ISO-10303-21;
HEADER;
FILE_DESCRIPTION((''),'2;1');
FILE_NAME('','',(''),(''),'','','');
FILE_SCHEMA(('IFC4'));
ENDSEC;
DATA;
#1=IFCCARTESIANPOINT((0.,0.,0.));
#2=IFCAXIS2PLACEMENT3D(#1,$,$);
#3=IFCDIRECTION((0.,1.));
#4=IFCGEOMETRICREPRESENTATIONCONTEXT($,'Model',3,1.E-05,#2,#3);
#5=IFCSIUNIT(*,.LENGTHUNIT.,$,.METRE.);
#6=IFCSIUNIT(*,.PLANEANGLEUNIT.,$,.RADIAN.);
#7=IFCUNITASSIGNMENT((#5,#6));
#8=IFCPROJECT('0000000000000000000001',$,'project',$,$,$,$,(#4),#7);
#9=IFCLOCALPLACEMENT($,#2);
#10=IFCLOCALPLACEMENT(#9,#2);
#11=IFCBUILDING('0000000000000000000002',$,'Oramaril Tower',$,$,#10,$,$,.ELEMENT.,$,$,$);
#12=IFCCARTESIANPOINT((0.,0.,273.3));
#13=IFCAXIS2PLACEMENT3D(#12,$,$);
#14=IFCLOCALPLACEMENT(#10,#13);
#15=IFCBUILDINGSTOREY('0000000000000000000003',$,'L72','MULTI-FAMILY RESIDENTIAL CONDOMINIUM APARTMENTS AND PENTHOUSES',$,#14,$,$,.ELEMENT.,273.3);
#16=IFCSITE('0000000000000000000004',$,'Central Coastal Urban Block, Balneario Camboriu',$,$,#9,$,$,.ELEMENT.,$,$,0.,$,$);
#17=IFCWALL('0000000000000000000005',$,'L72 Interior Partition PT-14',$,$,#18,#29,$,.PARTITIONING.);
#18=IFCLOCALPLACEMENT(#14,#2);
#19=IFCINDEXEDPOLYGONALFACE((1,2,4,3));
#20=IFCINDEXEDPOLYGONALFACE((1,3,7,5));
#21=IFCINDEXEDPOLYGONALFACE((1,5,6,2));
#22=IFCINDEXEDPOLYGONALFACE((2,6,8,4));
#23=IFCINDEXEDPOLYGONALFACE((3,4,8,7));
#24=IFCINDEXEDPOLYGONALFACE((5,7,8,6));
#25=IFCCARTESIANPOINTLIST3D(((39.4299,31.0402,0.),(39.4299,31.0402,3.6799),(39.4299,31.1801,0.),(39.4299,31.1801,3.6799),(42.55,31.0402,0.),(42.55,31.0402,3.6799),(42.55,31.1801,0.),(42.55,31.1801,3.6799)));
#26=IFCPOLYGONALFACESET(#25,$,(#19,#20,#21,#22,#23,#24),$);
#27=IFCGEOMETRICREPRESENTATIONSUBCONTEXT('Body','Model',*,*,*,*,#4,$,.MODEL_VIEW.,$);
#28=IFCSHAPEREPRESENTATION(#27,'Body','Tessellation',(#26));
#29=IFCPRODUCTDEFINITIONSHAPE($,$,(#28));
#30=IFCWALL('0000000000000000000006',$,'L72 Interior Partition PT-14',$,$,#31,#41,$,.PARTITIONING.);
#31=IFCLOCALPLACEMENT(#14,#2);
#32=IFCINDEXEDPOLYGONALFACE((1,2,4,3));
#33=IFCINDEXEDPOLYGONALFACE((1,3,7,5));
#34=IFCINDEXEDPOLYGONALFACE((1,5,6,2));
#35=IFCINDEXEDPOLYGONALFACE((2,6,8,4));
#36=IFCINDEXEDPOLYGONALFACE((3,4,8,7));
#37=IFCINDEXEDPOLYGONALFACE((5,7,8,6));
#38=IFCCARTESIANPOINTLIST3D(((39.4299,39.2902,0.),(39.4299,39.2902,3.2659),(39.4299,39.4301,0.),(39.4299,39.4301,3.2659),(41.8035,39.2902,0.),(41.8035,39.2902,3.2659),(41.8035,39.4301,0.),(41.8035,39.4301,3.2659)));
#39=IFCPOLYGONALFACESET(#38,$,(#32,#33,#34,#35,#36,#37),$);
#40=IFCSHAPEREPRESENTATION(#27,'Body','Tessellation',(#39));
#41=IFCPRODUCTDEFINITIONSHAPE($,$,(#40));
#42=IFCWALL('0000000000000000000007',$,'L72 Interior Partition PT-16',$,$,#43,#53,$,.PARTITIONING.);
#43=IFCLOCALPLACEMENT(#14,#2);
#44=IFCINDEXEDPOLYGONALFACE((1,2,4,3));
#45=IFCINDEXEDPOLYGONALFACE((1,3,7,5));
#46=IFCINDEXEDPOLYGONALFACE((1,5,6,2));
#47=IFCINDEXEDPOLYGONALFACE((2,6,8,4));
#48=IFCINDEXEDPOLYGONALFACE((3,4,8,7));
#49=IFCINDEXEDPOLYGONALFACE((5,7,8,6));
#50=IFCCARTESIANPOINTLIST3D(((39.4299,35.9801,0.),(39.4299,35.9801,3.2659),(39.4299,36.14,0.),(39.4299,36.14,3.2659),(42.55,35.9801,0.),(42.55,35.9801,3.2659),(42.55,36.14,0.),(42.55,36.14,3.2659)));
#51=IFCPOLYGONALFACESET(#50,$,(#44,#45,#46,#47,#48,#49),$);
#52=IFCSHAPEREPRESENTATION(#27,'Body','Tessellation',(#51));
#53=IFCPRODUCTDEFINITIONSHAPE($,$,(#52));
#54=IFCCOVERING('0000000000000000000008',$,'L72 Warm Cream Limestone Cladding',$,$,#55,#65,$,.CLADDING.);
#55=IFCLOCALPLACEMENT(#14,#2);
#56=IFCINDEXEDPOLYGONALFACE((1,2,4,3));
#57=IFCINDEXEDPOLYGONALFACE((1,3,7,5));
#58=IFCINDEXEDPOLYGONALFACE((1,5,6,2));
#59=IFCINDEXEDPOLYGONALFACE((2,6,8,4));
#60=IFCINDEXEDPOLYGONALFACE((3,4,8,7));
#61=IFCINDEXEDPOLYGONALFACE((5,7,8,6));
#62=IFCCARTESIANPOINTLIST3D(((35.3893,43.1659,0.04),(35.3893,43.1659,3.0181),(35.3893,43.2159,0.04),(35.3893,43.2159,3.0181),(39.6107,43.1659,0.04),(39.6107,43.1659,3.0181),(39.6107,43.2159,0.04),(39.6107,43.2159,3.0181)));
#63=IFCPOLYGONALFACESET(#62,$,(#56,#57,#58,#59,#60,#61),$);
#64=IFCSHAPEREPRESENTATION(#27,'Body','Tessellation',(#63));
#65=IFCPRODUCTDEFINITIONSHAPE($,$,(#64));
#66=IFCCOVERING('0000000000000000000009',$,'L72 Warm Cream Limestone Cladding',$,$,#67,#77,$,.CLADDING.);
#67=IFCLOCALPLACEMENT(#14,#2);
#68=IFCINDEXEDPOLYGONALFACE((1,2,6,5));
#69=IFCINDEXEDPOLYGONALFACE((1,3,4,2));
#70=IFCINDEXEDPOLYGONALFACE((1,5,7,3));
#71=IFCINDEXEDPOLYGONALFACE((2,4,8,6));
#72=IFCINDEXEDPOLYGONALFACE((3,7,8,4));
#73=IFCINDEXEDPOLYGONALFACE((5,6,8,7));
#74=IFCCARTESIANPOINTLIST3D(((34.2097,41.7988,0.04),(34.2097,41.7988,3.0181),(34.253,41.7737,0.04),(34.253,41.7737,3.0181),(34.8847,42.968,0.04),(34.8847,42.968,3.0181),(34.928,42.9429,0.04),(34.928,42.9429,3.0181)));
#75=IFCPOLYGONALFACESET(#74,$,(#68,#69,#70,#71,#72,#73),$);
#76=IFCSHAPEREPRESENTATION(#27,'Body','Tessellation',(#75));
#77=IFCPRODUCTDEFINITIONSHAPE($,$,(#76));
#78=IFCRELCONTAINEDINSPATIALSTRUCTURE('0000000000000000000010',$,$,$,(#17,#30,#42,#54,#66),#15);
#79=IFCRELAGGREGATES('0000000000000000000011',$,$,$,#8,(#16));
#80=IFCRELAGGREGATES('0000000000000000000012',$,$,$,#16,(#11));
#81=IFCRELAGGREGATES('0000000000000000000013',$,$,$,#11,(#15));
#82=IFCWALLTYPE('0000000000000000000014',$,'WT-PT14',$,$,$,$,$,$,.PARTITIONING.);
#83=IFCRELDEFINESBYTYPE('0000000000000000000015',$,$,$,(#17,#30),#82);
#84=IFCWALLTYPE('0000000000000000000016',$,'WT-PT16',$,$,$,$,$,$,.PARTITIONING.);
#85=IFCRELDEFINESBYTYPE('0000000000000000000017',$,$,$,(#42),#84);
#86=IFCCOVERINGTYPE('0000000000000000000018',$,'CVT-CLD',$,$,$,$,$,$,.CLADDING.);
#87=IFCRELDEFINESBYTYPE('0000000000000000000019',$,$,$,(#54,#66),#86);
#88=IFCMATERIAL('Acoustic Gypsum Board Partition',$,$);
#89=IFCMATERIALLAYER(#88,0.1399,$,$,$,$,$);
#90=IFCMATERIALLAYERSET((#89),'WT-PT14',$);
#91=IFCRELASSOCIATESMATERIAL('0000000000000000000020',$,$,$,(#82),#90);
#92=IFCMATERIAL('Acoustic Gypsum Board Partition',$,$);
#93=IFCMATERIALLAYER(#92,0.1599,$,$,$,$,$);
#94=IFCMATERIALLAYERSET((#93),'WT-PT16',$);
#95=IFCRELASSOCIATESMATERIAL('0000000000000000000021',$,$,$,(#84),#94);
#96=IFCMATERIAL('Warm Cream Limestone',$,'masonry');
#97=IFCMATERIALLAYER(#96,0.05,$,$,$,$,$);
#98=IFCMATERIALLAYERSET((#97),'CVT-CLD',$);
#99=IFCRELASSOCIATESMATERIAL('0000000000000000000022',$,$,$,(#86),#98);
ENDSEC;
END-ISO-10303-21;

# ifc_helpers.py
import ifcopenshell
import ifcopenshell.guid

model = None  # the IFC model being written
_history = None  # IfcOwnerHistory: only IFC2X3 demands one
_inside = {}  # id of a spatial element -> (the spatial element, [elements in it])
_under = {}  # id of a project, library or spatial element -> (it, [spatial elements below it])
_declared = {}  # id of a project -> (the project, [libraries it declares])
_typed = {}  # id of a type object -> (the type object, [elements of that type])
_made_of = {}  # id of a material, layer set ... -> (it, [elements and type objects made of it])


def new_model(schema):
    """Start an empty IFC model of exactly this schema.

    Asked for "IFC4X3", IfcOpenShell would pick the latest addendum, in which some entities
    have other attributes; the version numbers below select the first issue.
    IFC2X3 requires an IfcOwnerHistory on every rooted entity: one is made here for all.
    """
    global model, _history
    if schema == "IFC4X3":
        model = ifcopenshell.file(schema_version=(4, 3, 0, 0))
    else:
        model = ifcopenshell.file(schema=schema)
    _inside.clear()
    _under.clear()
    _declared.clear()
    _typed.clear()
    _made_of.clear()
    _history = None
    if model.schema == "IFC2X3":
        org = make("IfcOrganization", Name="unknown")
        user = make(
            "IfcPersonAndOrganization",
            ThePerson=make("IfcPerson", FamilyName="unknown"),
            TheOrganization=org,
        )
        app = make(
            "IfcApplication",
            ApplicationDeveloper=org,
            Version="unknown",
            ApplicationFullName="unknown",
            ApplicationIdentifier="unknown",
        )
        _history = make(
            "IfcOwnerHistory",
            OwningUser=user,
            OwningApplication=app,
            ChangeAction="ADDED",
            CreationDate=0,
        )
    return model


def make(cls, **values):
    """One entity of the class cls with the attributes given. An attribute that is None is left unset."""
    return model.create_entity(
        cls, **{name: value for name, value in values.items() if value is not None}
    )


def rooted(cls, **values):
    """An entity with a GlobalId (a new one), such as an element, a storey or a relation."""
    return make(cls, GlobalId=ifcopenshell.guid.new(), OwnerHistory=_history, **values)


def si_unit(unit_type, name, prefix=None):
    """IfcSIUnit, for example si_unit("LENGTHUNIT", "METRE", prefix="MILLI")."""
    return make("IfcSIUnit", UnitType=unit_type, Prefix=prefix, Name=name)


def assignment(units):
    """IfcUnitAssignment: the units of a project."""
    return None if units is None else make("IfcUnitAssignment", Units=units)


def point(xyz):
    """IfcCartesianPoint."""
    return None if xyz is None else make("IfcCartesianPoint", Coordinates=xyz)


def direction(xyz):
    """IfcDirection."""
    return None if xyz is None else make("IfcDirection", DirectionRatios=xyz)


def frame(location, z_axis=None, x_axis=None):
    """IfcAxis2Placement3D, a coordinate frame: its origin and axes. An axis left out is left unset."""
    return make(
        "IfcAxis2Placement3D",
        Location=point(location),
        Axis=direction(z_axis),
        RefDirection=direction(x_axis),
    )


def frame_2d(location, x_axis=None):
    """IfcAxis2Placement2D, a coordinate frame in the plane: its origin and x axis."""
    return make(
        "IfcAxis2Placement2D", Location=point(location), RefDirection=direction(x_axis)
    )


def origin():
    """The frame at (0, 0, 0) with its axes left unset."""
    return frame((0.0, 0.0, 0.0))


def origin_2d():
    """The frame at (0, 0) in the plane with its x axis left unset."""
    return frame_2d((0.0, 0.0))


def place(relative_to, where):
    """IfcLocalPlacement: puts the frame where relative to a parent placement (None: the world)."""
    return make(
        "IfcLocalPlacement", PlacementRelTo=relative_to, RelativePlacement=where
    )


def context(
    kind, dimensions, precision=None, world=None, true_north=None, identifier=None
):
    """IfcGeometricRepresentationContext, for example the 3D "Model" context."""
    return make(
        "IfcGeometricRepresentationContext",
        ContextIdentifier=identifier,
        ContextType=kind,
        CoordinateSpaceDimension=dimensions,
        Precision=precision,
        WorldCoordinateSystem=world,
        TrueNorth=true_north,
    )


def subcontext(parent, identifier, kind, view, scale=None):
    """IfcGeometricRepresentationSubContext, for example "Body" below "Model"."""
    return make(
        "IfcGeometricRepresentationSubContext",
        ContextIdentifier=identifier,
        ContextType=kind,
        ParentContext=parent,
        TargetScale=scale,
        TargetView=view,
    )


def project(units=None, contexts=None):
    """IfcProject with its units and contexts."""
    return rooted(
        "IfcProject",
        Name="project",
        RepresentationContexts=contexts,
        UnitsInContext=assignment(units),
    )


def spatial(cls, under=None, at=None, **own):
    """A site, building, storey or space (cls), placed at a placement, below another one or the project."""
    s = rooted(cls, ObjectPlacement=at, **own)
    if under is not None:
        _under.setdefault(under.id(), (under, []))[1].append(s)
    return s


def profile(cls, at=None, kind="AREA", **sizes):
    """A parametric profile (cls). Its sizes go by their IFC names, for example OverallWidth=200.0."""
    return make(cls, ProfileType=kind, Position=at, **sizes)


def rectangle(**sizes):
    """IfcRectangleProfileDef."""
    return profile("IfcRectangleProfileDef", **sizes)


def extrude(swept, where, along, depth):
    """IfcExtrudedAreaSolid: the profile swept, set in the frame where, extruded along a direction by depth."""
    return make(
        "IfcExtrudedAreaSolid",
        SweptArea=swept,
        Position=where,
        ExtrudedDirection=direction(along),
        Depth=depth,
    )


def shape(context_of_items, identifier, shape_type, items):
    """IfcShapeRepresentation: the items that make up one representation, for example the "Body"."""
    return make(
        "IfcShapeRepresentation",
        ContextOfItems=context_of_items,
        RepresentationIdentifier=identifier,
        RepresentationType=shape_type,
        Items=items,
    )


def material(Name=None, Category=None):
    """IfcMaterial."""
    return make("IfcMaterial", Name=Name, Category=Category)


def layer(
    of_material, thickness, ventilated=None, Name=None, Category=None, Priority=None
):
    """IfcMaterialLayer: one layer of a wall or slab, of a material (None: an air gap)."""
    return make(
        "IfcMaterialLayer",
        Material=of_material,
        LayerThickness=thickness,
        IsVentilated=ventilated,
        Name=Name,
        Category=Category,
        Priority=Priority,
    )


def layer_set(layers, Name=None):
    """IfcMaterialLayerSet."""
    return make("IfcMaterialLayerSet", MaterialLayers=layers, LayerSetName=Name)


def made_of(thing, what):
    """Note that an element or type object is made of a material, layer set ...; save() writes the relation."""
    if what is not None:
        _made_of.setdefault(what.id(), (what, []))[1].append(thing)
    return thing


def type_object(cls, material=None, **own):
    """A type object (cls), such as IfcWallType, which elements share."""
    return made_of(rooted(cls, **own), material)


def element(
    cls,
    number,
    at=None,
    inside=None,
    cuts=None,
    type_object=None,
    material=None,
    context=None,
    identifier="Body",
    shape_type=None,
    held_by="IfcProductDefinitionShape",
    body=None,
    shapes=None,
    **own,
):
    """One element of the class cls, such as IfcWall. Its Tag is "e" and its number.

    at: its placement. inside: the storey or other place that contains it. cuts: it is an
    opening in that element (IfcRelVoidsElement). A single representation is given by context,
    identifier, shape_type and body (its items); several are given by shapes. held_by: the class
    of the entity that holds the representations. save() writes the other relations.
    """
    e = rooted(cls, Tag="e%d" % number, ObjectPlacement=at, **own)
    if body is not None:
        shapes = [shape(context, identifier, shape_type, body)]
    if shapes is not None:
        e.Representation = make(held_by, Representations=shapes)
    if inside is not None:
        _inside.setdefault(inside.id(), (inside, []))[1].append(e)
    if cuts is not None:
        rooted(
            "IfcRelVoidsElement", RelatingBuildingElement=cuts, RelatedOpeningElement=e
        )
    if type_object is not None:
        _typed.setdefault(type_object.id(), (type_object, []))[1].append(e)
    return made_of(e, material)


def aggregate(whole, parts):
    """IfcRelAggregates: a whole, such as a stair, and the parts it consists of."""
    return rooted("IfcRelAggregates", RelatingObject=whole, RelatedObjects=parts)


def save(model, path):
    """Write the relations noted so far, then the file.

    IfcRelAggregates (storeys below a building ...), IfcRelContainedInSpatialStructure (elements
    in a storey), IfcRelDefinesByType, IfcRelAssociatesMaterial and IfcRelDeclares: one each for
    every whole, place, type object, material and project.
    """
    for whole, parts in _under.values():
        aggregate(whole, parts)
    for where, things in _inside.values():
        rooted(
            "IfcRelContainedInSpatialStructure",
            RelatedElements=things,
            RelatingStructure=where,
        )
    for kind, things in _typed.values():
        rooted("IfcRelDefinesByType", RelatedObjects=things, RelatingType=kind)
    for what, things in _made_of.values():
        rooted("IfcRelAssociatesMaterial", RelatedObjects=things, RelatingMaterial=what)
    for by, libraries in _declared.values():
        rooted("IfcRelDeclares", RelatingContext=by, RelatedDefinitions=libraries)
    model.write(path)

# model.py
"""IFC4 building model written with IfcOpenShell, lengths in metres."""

from ifc_helpers import new_model, si_unit, direction, frame, frame_2d, origin, origin_2d, place, context, subcontext, project, spatial, rectangle, extrude, material, layer, layer_set, type_object, element, save


model = new_model("IFC4")

# Units and contexts
model_context = context("Model", 3, precision=1e-05, world=origin(), true_north=direction((0.0, 1.0)))
body_context = subcontext(model_context, "Body", "Model", "MODEL_VIEW")
ifc_project = project(units=[si_unit("LENGTHUNIT", "METRE"), si_unit("PLANEANGLEUNIT", "RADIAN")], contexts=[model_context])

# Site, building, storey
site_placement = place(None, origin())
site = spatial("IfcSite", under=ifc_project, at=site_placement, Name="Central Coastal Urban Block, Balneario Camboriu", CompositionType="ELEMENT", RefElevation=0.0)
building_placement = place(site_placement, origin())
building = spatial("IfcBuilding", under=site, at=building_placement, Name="Oramaril Tower", CompositionType="ELEMENT")
storey_placement = place(building_placement, frame((0.0, 0.0, 273.3)))
storey = spatial("IfcBuildingStorey", under=building, at=storey_placement, Name="L72", Description="MULTI-FAMILY RESIDENTIAL CONDOMINIUM APARTMENTS AND PENTHOUSES", CompositionType="ELEMENT", Elevation=273.3)

# Walls
ifc_material_1 = material(Name="Acoustic Gypsum Board Partition")
ifc_layer_1 = layer(ifc_material_1, 0.1399)
ifc_layer_set_1 = layer_set([ifc_layer_1], Name="WT-PT14")
wall_type_1 = type_object("IfcWallType", Name="WT-PT14", PredefinedType="PARTITIONING", material=ifc_layer_set_1)
wall_1_placement = place(storey_placement, frame((39.4299, 31.1101, 0.0), z_axis=(0.0, 0.0, 1.0), x_axis=(1.0, 0.0, 0.0)))
element("IfcWall", 1, at=wall_1_placement, inside=storey, type_object=wall_type_1, Name="L72 Interior Partition PT-14", PredefinedType="PARTITIONING", context=body_context, shape_type="SweptSolid", body=[
    extrude(rectangle(XDim=3.1201, YDim=0.1399, at=frame_2d((1.5601, 0.0))), origin(), (0.0, 0.0, 1.0), 3.6799),
])
wall_2_placement = place(storey_placement, frame((39.4299, 39.3601, 0.0), z_axis=(0.0, 0.0, 1.0), x_axis=(1.0, 0.0, 0.0)))
element("IfcWall", 2, at=wall_2_placement, inside=storey, type_object=wall_type_1, Name="L72 Interior Partition PT-14", PredefinedType="PARTITIONING", context=body_context, shape_type="SweptSolid", body=[
    extrude(rectangle(XDim=2.3735, YDim=0.1399, at=frame_2d((1.1868, 0.0))), origin(), (0.0, 0.0, 1.0), 3.2659),
])
ifc_material_2 = material(Name="Acoustic Gypsum Board Partition")
ifc_layer_2 = layer(ifc_material_2, 0.1599)
ifc_layer_set_2 = layer_set([ifc_layer_2], Name="WT-PT16")
wall_type_2 = type_object("IfcWallType", Name="WT-PT16", PredefinedType="PARTITIONING", material=ifc_layer_set_2)
wall_3_placement = place(storey_placement, frame((39.4299, 36.0601, 0.0), z_axis=(0.0, 0.0, 1.0), x_axis=(1.0, 0.0, 0.0)))
element("IfcWall", 3, at=wall_3_placement, inside=storey, type_object=wall_type_2, Name="L72 Interior Partition PT-16", PredefinedType="PARTITIONING", context=body_context, shape_type="SweptSolid", body=[
    extrude(rectangle(XDim=3.1201, YDim=0.1599, at=frame_2d((1.5601, 0.0))), origin(), (0.0, 0.0, 1.0), 3.2659),
])

# Coverings
ifc_material_3 = material(Name="Warm Cream Limestone", Category="masonry")
ifc_layer_3 = layer(ifc_material_3, 0.05)
ifc_layer_set_3 = layer_set([ifc_layer_3], Name="CVT-CLD")
covering_type = type_object("IfcCoveringType", Name="CVT-CLD", PredefinedType="CLADDING", material=ifc_layer_set_3)
covering_1_placement = place(storey_placement, frame((37.5, 43.1909, 0.04), z_axis=(0.0, 0.0, 1.0), x_axis=(-1.0, 0.0, 0.0)))
element("IfcCovering", 4, at=covering_1_placement, inside=storey, type_object=covering_type, Name="L72 Warm Cream Limestone Cladding", PredefinedType="CLADDING", context=body_context, shape_type="SweptSolid", body=[
    extrude(rectangle(XDim=4.2214, YDim=0.05, at=origin_2d()), origin(), (0.0, 0.0, 1.0), 2.978),
])
covering_2_placement = place(storey_placement, frame((34.5688, 42.3708, 0.04), z_axis=(0.0, 0.0, 1.0), x_axis=(-0.499998, -0.866026, 0.0)))
element("IfcCovering", 5, at=covering_2_placement, inside=storey, type_object=covering_type, Name="L72 Warm Cream Limestone Cladding", PredefinedType="CLADDING", context=body_context, shape_type="SweptSolid", body=[
    extrude(rectangle(XDim=1.3501, YDim=0.05, at=origin_2d()), origin(), (0.0, 0.0, 1.0), 2.978),
])

save(model, "model.ifc")
